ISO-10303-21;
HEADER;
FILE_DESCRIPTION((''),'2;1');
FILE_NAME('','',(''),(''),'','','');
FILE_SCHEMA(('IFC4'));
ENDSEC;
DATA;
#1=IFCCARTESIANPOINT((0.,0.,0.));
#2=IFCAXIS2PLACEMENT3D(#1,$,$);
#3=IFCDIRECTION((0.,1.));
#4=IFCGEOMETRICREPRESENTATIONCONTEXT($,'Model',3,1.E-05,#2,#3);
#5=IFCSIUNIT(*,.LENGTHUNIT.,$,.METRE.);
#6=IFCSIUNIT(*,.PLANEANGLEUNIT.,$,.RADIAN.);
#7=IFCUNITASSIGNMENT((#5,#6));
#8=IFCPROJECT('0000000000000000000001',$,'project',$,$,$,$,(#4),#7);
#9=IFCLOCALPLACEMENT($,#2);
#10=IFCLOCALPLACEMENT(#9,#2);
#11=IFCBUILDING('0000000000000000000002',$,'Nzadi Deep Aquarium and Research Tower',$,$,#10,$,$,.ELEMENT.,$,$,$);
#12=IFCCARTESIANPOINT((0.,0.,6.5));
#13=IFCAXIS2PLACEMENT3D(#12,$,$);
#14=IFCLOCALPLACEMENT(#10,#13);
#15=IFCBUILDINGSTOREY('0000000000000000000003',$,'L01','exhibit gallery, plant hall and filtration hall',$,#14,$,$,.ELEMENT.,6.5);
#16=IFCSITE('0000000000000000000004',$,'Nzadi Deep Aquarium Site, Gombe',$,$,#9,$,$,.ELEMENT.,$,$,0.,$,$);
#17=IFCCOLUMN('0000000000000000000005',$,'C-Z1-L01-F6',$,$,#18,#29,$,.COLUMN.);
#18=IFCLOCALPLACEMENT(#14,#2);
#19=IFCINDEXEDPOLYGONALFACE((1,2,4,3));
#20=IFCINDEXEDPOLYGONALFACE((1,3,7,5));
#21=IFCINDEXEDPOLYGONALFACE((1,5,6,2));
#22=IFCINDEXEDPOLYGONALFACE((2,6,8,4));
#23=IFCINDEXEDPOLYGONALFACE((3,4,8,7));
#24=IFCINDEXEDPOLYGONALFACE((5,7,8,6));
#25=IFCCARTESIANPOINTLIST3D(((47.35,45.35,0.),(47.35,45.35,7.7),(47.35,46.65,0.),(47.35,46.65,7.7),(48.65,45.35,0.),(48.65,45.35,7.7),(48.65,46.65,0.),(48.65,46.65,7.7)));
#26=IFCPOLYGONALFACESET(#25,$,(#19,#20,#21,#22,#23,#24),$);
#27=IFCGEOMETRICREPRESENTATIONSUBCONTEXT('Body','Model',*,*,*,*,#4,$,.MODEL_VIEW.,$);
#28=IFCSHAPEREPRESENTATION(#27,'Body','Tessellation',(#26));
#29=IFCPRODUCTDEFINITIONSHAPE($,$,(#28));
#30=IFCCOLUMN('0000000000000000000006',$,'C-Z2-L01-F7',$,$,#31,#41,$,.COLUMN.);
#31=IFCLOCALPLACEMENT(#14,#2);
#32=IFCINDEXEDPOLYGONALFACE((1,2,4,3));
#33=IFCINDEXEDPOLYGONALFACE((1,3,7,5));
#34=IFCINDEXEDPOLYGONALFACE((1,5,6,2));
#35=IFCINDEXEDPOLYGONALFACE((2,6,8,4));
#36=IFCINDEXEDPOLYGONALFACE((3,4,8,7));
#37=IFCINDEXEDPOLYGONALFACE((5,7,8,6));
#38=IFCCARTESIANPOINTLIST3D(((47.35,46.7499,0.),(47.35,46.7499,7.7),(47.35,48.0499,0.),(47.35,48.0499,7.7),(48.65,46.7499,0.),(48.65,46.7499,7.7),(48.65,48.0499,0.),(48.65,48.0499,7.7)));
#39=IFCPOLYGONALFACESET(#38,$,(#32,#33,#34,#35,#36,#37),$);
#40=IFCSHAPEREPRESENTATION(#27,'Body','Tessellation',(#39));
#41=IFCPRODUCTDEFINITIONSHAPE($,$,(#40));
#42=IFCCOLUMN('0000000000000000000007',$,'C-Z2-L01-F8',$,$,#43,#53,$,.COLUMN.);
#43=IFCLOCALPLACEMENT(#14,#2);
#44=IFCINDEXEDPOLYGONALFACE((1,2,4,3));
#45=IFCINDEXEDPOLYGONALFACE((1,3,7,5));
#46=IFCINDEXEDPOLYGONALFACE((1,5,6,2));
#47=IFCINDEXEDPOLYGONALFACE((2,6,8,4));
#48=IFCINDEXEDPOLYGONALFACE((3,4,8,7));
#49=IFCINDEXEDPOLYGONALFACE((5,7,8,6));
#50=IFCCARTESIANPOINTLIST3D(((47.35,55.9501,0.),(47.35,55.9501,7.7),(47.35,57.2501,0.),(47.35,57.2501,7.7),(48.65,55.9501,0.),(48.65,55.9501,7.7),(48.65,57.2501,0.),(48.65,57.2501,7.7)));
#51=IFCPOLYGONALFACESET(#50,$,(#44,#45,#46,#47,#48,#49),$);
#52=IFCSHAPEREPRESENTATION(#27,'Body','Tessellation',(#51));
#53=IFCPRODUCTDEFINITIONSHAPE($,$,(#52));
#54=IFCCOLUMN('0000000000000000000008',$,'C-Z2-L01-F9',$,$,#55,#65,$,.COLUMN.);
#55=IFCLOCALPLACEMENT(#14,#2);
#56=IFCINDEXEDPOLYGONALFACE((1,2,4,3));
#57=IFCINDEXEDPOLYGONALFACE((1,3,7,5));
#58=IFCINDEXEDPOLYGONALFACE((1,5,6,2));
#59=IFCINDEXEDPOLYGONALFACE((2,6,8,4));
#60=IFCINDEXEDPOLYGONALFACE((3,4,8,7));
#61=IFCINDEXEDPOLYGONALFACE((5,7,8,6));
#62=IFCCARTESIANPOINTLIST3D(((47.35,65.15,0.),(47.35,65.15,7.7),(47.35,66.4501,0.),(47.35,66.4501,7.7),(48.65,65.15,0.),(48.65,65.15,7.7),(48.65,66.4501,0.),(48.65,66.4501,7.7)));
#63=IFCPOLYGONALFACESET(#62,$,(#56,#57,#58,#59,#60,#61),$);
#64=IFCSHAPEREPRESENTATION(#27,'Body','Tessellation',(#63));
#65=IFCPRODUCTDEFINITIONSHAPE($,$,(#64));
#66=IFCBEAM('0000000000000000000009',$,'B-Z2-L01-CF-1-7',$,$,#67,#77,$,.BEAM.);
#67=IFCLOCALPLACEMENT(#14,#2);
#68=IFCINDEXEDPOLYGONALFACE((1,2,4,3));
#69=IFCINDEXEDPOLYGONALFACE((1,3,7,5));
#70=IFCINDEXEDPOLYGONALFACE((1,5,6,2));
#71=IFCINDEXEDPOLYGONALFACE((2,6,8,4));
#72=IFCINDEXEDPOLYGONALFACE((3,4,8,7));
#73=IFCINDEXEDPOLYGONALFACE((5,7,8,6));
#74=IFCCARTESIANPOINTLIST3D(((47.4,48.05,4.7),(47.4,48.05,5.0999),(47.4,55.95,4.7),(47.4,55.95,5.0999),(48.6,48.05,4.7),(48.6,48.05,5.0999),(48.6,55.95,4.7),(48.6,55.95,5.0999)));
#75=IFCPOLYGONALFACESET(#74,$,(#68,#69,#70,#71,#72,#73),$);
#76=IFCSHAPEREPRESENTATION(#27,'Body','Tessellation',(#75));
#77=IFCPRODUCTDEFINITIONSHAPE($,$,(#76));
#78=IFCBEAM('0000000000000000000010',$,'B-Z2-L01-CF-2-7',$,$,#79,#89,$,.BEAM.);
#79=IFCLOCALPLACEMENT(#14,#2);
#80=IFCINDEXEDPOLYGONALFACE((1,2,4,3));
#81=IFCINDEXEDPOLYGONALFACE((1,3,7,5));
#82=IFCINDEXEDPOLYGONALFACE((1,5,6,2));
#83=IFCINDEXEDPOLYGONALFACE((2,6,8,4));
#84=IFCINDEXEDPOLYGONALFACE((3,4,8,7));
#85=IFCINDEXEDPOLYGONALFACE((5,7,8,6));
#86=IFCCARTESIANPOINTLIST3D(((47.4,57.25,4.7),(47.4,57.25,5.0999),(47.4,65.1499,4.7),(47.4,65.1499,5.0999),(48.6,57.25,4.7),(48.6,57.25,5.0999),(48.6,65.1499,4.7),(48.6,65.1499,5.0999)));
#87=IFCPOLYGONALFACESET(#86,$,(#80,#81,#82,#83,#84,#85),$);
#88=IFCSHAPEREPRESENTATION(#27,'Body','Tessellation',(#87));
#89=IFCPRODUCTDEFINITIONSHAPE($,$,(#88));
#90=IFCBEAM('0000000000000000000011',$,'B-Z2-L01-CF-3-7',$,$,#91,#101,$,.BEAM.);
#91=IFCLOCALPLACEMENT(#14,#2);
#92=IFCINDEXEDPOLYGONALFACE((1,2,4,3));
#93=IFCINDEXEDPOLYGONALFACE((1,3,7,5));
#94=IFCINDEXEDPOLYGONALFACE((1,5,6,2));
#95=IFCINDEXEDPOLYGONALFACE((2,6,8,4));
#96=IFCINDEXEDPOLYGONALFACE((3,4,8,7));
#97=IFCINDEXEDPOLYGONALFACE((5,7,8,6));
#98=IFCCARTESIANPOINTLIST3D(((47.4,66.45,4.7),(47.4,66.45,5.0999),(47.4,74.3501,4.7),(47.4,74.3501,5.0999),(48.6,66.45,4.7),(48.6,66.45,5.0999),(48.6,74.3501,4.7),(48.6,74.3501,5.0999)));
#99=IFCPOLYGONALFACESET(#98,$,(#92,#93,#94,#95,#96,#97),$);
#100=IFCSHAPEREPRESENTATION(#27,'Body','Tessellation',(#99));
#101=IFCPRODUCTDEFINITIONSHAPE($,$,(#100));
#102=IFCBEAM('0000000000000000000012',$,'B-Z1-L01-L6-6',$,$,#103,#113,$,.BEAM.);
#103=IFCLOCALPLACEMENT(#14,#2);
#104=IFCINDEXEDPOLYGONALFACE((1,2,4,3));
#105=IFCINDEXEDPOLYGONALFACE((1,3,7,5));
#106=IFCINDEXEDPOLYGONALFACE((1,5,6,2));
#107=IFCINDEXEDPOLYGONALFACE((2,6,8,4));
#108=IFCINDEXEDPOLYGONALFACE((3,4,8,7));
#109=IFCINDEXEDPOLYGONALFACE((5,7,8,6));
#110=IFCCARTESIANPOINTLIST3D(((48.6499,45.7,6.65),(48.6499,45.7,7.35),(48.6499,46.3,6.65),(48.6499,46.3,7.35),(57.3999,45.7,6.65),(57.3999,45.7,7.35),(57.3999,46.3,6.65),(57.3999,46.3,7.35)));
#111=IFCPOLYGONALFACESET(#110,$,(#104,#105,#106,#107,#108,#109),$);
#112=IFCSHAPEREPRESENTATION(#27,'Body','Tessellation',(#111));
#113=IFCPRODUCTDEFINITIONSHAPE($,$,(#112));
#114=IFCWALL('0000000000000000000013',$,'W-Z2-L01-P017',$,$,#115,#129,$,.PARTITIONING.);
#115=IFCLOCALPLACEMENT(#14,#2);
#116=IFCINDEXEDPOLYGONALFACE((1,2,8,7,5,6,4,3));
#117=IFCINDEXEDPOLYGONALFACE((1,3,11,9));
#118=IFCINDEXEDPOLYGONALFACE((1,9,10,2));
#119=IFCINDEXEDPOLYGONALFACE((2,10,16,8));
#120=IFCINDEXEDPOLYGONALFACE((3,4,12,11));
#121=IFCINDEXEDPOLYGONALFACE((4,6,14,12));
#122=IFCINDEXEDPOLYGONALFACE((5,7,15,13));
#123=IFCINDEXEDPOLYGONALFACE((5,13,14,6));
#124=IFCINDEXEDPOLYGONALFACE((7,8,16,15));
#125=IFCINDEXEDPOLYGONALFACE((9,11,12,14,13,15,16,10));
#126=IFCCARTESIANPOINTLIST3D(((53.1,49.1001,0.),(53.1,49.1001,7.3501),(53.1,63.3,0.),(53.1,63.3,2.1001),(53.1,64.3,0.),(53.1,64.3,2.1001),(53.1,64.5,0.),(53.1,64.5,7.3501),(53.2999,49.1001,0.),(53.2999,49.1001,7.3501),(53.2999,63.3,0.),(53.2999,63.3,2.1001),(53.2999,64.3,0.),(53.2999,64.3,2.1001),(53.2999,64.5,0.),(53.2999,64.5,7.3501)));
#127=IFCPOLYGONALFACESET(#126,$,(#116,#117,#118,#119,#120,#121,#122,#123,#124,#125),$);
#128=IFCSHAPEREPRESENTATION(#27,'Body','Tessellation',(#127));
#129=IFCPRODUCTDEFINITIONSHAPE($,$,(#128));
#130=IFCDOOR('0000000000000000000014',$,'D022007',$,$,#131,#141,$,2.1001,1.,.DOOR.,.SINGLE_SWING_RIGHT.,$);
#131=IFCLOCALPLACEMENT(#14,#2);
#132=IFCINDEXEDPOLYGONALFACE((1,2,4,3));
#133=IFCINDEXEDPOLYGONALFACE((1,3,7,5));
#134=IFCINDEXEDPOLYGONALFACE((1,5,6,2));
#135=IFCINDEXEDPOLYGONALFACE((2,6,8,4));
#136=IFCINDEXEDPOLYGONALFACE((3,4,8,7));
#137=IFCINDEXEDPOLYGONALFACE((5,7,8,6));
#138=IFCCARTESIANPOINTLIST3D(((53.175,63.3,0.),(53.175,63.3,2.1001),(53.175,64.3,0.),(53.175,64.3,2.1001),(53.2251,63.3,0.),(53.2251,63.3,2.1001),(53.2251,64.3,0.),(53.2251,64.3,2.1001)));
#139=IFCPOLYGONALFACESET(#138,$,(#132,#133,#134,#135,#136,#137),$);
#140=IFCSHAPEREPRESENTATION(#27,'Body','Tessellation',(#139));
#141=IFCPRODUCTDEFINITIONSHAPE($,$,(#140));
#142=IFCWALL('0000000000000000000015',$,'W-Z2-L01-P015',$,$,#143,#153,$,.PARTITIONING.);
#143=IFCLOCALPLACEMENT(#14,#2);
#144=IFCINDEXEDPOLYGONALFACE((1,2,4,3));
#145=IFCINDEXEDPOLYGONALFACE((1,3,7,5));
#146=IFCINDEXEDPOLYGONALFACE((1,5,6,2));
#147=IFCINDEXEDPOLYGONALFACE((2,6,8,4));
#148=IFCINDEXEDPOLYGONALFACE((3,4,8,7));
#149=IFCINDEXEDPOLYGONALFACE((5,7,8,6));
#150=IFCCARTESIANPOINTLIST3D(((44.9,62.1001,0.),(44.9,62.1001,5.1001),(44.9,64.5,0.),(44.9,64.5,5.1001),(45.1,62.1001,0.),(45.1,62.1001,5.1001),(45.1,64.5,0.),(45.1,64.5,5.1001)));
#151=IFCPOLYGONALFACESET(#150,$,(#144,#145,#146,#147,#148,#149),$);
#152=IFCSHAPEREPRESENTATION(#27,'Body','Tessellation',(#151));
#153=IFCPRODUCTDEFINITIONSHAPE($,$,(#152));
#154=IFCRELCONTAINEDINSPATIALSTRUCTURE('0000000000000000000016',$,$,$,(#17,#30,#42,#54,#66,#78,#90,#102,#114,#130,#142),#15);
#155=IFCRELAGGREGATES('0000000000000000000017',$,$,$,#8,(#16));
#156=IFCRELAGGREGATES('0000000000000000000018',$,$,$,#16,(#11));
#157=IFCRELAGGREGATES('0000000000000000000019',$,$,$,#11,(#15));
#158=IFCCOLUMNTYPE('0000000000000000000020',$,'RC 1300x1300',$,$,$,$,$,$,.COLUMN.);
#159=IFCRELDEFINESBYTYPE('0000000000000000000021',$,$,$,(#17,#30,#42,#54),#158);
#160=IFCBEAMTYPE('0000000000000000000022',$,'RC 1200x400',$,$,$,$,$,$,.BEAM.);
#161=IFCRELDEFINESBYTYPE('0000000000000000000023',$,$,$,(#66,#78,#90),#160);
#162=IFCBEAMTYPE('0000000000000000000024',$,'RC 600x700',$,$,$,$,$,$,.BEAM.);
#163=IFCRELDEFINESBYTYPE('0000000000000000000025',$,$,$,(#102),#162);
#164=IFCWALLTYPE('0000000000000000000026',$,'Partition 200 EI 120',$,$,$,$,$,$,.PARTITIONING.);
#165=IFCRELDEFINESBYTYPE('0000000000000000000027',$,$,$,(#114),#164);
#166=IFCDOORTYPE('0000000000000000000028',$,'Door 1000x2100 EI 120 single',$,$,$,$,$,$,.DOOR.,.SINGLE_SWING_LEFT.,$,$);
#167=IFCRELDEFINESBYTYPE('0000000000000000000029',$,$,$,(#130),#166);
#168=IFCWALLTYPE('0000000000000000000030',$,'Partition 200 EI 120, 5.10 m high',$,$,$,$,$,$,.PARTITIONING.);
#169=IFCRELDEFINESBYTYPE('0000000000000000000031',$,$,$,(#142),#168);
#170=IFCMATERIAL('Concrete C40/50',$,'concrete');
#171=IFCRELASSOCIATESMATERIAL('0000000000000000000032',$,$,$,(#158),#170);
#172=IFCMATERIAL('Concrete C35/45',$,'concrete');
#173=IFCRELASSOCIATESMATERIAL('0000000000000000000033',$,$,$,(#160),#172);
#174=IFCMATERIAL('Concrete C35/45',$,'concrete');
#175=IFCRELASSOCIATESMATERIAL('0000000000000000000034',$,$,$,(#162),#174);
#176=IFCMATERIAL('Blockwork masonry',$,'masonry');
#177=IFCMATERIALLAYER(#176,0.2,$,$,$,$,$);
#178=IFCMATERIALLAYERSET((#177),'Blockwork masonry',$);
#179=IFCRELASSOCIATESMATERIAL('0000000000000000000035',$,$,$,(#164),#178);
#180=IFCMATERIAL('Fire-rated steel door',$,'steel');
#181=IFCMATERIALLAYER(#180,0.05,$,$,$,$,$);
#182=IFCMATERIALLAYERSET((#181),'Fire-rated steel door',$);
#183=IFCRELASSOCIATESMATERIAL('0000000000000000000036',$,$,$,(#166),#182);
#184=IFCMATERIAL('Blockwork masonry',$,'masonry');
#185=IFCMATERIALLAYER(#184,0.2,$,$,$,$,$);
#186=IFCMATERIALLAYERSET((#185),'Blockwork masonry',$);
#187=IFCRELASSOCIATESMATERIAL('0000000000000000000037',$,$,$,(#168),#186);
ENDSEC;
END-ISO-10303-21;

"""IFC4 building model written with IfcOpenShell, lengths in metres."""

from ifc_helpers import new_model, si_unit, direction, frame, frame_2d, origin, origin_2d, place, context, subcontext, project, spatial, rectangle, extrude, material, layer, layer_set, material_profile, profile_set, type_object, element, fill, save


model = new_model("IFC4")

# Units and contexts
model_context = context("Model", 3, precision=1e-05, world=origin(), true_north=direction((0.0, 1.0)))
body_context = subcontext(model_context, "Body", "Model", "MODEL_VIEW")
ifc_project = project(units=[si_unit("LENGTHUNIT", "METRE"), si_unit("PLANEANGLEUNIT", "RADIAN")], contexts=[model_context])

# Site, building, storey
site_placement = place(None, origin())
site = spatial("IfcSite", under=ifc_project, at=site_placement, Name="Nzadi Deep Aquarium Site, Gombe", CompositionType="ELEMENT", RefElevation=0.0)
building_placement = place(site_placement, origin())
building = spatial("IfcBuilding", under=site, at=building_placement, Name="Nzadi Deep Aquarium and Research Tower", CompositionType="ELEMENT")
storey_placement = place(building_placement, frame((0.0, 0.0, 6.5)))
storey = spatial("IfcBuildingStorey", under=building, at=storey_placement, Name="L01", Description="exhibit gallery, plant hall and filtration hall", CompositionType="ELEMENT", Elevation=6.5)

# Columns
ifc_material_1 = material(Name="Concrete C40/50", Category="concrete")
ifc_material_profile_1 = material_profile(ifc_material_1, rectangle(XDim=1.3, YDim=1.3, at=origin_2d()))
ifc_profile_set_1 = profile_set([ifc_material_profile_1], Name="Concrete C40/50")
column_type = type_object("IfcColumnType", Name="RC 1300x1300", PredefinedType="COLUMN", material=ifc_profile_set_1)
for number, where, z_axis, x_axis, name in (
    (1, (48.0, 46.0, 0.0), (0.0, 0.0, 1.0), (1.0, 0.0, 0.0), "C-Z1-L01-F6"),
    (2, (48.0, 47.3999, 0.0), (0.0, 0.0, 1.0), (1.0, 0.0, 0.0), "C-Z2-L01-F7"),
    (3, (48.0, 56.6001, 0.0), (0.0, 0.0, 1.0), (1.0, 0.0, 0.0), "C-Z2-L01-F8"),
    (4, (48.0, 65.8, 0.0), (0.0, 0.0, 1.0), (1.0, 0.0, 0.0), "C-Z2-L01-F9"),
):
    element("IfcColumn", number, at=place(storey_placement, frame(where, z_axis=z_axis, x_axis=x_axis)), inside=storey, type_object=column_type, Name=name, PredefinedType="COLUMN", context=body_context, shape_type="SweptSolid", body=[
        extrude(rectangle(XDim=1.3, YDim=1.3, at=origin_2d()), origin(), (0.0, 0.0, 1.0), 7.7),
    ])

# Beams
ifc_material_2 = material(Name="Concrete C35/45", Category="concrete")
ifc_material_profile_2 = material_profile(ifc_material_2, rectangle(XDim=1.2, YDim=0.3999, at=origin_2d()))
ifc_profile_set_2 = profile_set([ifc_material_profile_2], Name="Concrete C35/45")
beam_type_1 = type_object("IfcBeamType", Name="RC 1200x400", PredefinedType="BEAM", material=ifc_profile_set_2)
for number, where, z_axis, x_axis, name in (
    (5, (48.0, 48.05, 4.8999), (0.0, 1.0, 0.0), (-1.0, 0.0, 0.0), "B-Z2-L01-CF-1-7"),
    (6, (48.0, 57.25, 4.8999), (0.0, 1.0, 0.0), (-1.0, 0.0, 0.0), "B-Z2-L01-CF-2-7"),
):
    element("IfcBeam", number, at=place(storey_placement, frame(where, z_axis=z_axis, x_axis=x_axis)), inside=storey, type_object=beam_type_1, Name=name, PredefinedType="BEAM", context=body_context, shape_type="SweptSolid", body=[
        extrude(rectangle(XDim=1.2, YDim=0.3999, at=origin_2d()), origin(), (0.0, 0.0, 1.0), 7.8999),
    ])
beam_1_placement = place(storey_placement, frame((48.0, 66.45, 4.8999), z_axis=(0.0, 1.0, 0.0), x_axis=(-1.0, 0.0, 0.0)))
element("IfcBeam", 7, at=beam_1_placement, inside=storey, type_object=beam_type_1, Name="B-Z2-L01-CF-3-7", PredefinedType="BEAM", context=body_context, shape_type="SweptSolid", body=[
    extrude(rectangle(XDim=1.2, YDim=0.3999, at=origin_2d()), origin(), (0.0, 0.0, 1.0), 7.9001),
])
ifc_material_3 = material(Name="Concrete C35/45", Category="concrete")
ifc_material_profile_3 = material_profile(ifc_material_3, rectangle(XDim=0.6001, YDim=0.7, at=origin_2d()))
ifc_profile_set_3 = profile_set([ifc_material_profile_3], Name="Concrete C35/45")
beam_type_2 = type_object("IfcBeamType", Name="RC 600x700", PredefinedType="BEAM", material=ifc_profile_set_3)
beam_2_placement = place(storey_placement, frame((48.6499, 46.0, 7.0), z_axis=(1.0, 0.0, 0.0), x_axis=(0.0, 1.0, 0.0)))
element("IfcBeam", 8, at=beam_2_placement, inside=storey, type_object=beam_type_2, Name="B-Z1-L01-L6-6", PredefinedType="BEAM", context=body_context, shape_type="SweptSolid", body=[
    extrude(rectangle(XDim=0.6001, YDim=0.7, at=origin_2d()), origin(), (0.0, 0.0, 1.0), 8.75),
])

# Wall, opening, door
ifc_material_4 = material(Name="Blockwork masonry", Category="masonry")
ifc_layer_1 = layer(ifc_material_4, 0.2)
ifc_layer_set_1 = layer_set([ifc_layer_1], Name="Blockwork masonry")
wall_type_1 = type_object("IfcWallType", Name="Partition 200 EI 120", PredefinedType="PARTITIONING", material=ifc_layer_set_1)
wall_1_placement = place(storey_placement, frame((53.2, 49.1001, 0.0), z_axis=(0.0, 0.0, 1.0), x_axis=(0.0, 1.0, 0.0)))
wall_1 = element("IfcWall", 9, at=wall_1_placement, inside=storey, type_object=wall_type_1, Name="W-Z2-L01-P017", PredefinedType="PARTITIONING", context=body_context, shape_type="SweptSolid", body=[
    extrude(rectangle(XDim=15.3999, YDim=0.2, at=frame_2d((7.7, 0.0))), origin(), (0.0, 0.0, 1.0), 7.3501),
])
opening_1_placement = place(wall_1_placement, frame((14.2, 0.0, 0.0)))
opening_1 = element("IfcOpeningElement", 10, at=opening_1_placement, cuts=wall_1, PredefinedType="OPENING", context=body_context, shape_type="SweptSolid", body=[
    extrude(rectangle(XDim=1.0, YDim=2.1001, at=frame_2d((0.5, 1.05))), frame((0.0, 0.1101, 0.0), z_axis=(0.0, -1.0, 0.0), x_axis=(1.0, 0.0, 0.0)), (0.0, 0.0, 1.0), 0.2202),
])
ifc_material_5 = material(Name="Fire-rated steel door", Category="steel")
ifc_layer_2 = layer(ifc_material_5, 0.05)
ifc_layer_set_2 = layer_set([ifc_layer_2], Name="Fire-rated steel door")
door_type_1 = type_object("IfcDoorType", Name="Door 1000x2100 EI 120 single", OperationType="SINGLE_SWING_LEFT", PredefinedType="DOOR", material=ifc_layer_set_2)
door_1_placement = place(opening_1_placement, origin())
door_1 = element("IfcDoor", 11, at=door_1_placement, inside=storey, type_object=door_type_1, Name="D022007", OperationType="SINGLE_SWING_RIGHT", OverallHeight=2.1001, OverallWidth=1.0, PredefinedType="DOOR", context=body_context, shape_type="SweptSolid", body=[
    extrude(rectangle(XDim=1.0, YDim=2.1001, at=frame_2d((0.5, 1.05))), frame((0.0, 0.0249, 0.0), z_axis=(0.0, -1.0, 0.0), x_axis=(1.0, 0.0, 0.0)), (0.0, 0.0, 1.0), 0.05),
])
fill(opening_1, door_1)

# Wall
ifc_material_6 = material(Name="Blockwork masonry", Category="masonry")
ifc_layer_3 = layer(ifc_material_6, 0.2)
ifc_layer_set_3 = layer_set([ifc_layer_3], Name="Blockwork masonry")
wall_type_2 = type_object("IfcWallType", Name="Partition 200 EI 120, 5.10 m high", PredefinedType="PARTITIONING", material=ifc_layer_set_3)
wall_2_placement = place(storey_placement, frame((45.0, 62.1001, 0.0), z_axis=(0.0, 0.0, 1.0), x_axis=(0.0, 1.0, 0.0)))
element("IfcWall", 12, at=wall_2_placement, inside=storey, type_object=wall_type_2, Name="W-Z2-L01-P015", PredefinedType="PARTITIONING", context=body_context, shape_type="SweptSolid", body=[
    extrude(rectangle(XDim=2.3999, YDim=0.2, at=frame_2d((1.2, 0.0))), origin(), (0.0, 0.0, 1.0), 5.1001),
])

save(model, "model.ifc")
